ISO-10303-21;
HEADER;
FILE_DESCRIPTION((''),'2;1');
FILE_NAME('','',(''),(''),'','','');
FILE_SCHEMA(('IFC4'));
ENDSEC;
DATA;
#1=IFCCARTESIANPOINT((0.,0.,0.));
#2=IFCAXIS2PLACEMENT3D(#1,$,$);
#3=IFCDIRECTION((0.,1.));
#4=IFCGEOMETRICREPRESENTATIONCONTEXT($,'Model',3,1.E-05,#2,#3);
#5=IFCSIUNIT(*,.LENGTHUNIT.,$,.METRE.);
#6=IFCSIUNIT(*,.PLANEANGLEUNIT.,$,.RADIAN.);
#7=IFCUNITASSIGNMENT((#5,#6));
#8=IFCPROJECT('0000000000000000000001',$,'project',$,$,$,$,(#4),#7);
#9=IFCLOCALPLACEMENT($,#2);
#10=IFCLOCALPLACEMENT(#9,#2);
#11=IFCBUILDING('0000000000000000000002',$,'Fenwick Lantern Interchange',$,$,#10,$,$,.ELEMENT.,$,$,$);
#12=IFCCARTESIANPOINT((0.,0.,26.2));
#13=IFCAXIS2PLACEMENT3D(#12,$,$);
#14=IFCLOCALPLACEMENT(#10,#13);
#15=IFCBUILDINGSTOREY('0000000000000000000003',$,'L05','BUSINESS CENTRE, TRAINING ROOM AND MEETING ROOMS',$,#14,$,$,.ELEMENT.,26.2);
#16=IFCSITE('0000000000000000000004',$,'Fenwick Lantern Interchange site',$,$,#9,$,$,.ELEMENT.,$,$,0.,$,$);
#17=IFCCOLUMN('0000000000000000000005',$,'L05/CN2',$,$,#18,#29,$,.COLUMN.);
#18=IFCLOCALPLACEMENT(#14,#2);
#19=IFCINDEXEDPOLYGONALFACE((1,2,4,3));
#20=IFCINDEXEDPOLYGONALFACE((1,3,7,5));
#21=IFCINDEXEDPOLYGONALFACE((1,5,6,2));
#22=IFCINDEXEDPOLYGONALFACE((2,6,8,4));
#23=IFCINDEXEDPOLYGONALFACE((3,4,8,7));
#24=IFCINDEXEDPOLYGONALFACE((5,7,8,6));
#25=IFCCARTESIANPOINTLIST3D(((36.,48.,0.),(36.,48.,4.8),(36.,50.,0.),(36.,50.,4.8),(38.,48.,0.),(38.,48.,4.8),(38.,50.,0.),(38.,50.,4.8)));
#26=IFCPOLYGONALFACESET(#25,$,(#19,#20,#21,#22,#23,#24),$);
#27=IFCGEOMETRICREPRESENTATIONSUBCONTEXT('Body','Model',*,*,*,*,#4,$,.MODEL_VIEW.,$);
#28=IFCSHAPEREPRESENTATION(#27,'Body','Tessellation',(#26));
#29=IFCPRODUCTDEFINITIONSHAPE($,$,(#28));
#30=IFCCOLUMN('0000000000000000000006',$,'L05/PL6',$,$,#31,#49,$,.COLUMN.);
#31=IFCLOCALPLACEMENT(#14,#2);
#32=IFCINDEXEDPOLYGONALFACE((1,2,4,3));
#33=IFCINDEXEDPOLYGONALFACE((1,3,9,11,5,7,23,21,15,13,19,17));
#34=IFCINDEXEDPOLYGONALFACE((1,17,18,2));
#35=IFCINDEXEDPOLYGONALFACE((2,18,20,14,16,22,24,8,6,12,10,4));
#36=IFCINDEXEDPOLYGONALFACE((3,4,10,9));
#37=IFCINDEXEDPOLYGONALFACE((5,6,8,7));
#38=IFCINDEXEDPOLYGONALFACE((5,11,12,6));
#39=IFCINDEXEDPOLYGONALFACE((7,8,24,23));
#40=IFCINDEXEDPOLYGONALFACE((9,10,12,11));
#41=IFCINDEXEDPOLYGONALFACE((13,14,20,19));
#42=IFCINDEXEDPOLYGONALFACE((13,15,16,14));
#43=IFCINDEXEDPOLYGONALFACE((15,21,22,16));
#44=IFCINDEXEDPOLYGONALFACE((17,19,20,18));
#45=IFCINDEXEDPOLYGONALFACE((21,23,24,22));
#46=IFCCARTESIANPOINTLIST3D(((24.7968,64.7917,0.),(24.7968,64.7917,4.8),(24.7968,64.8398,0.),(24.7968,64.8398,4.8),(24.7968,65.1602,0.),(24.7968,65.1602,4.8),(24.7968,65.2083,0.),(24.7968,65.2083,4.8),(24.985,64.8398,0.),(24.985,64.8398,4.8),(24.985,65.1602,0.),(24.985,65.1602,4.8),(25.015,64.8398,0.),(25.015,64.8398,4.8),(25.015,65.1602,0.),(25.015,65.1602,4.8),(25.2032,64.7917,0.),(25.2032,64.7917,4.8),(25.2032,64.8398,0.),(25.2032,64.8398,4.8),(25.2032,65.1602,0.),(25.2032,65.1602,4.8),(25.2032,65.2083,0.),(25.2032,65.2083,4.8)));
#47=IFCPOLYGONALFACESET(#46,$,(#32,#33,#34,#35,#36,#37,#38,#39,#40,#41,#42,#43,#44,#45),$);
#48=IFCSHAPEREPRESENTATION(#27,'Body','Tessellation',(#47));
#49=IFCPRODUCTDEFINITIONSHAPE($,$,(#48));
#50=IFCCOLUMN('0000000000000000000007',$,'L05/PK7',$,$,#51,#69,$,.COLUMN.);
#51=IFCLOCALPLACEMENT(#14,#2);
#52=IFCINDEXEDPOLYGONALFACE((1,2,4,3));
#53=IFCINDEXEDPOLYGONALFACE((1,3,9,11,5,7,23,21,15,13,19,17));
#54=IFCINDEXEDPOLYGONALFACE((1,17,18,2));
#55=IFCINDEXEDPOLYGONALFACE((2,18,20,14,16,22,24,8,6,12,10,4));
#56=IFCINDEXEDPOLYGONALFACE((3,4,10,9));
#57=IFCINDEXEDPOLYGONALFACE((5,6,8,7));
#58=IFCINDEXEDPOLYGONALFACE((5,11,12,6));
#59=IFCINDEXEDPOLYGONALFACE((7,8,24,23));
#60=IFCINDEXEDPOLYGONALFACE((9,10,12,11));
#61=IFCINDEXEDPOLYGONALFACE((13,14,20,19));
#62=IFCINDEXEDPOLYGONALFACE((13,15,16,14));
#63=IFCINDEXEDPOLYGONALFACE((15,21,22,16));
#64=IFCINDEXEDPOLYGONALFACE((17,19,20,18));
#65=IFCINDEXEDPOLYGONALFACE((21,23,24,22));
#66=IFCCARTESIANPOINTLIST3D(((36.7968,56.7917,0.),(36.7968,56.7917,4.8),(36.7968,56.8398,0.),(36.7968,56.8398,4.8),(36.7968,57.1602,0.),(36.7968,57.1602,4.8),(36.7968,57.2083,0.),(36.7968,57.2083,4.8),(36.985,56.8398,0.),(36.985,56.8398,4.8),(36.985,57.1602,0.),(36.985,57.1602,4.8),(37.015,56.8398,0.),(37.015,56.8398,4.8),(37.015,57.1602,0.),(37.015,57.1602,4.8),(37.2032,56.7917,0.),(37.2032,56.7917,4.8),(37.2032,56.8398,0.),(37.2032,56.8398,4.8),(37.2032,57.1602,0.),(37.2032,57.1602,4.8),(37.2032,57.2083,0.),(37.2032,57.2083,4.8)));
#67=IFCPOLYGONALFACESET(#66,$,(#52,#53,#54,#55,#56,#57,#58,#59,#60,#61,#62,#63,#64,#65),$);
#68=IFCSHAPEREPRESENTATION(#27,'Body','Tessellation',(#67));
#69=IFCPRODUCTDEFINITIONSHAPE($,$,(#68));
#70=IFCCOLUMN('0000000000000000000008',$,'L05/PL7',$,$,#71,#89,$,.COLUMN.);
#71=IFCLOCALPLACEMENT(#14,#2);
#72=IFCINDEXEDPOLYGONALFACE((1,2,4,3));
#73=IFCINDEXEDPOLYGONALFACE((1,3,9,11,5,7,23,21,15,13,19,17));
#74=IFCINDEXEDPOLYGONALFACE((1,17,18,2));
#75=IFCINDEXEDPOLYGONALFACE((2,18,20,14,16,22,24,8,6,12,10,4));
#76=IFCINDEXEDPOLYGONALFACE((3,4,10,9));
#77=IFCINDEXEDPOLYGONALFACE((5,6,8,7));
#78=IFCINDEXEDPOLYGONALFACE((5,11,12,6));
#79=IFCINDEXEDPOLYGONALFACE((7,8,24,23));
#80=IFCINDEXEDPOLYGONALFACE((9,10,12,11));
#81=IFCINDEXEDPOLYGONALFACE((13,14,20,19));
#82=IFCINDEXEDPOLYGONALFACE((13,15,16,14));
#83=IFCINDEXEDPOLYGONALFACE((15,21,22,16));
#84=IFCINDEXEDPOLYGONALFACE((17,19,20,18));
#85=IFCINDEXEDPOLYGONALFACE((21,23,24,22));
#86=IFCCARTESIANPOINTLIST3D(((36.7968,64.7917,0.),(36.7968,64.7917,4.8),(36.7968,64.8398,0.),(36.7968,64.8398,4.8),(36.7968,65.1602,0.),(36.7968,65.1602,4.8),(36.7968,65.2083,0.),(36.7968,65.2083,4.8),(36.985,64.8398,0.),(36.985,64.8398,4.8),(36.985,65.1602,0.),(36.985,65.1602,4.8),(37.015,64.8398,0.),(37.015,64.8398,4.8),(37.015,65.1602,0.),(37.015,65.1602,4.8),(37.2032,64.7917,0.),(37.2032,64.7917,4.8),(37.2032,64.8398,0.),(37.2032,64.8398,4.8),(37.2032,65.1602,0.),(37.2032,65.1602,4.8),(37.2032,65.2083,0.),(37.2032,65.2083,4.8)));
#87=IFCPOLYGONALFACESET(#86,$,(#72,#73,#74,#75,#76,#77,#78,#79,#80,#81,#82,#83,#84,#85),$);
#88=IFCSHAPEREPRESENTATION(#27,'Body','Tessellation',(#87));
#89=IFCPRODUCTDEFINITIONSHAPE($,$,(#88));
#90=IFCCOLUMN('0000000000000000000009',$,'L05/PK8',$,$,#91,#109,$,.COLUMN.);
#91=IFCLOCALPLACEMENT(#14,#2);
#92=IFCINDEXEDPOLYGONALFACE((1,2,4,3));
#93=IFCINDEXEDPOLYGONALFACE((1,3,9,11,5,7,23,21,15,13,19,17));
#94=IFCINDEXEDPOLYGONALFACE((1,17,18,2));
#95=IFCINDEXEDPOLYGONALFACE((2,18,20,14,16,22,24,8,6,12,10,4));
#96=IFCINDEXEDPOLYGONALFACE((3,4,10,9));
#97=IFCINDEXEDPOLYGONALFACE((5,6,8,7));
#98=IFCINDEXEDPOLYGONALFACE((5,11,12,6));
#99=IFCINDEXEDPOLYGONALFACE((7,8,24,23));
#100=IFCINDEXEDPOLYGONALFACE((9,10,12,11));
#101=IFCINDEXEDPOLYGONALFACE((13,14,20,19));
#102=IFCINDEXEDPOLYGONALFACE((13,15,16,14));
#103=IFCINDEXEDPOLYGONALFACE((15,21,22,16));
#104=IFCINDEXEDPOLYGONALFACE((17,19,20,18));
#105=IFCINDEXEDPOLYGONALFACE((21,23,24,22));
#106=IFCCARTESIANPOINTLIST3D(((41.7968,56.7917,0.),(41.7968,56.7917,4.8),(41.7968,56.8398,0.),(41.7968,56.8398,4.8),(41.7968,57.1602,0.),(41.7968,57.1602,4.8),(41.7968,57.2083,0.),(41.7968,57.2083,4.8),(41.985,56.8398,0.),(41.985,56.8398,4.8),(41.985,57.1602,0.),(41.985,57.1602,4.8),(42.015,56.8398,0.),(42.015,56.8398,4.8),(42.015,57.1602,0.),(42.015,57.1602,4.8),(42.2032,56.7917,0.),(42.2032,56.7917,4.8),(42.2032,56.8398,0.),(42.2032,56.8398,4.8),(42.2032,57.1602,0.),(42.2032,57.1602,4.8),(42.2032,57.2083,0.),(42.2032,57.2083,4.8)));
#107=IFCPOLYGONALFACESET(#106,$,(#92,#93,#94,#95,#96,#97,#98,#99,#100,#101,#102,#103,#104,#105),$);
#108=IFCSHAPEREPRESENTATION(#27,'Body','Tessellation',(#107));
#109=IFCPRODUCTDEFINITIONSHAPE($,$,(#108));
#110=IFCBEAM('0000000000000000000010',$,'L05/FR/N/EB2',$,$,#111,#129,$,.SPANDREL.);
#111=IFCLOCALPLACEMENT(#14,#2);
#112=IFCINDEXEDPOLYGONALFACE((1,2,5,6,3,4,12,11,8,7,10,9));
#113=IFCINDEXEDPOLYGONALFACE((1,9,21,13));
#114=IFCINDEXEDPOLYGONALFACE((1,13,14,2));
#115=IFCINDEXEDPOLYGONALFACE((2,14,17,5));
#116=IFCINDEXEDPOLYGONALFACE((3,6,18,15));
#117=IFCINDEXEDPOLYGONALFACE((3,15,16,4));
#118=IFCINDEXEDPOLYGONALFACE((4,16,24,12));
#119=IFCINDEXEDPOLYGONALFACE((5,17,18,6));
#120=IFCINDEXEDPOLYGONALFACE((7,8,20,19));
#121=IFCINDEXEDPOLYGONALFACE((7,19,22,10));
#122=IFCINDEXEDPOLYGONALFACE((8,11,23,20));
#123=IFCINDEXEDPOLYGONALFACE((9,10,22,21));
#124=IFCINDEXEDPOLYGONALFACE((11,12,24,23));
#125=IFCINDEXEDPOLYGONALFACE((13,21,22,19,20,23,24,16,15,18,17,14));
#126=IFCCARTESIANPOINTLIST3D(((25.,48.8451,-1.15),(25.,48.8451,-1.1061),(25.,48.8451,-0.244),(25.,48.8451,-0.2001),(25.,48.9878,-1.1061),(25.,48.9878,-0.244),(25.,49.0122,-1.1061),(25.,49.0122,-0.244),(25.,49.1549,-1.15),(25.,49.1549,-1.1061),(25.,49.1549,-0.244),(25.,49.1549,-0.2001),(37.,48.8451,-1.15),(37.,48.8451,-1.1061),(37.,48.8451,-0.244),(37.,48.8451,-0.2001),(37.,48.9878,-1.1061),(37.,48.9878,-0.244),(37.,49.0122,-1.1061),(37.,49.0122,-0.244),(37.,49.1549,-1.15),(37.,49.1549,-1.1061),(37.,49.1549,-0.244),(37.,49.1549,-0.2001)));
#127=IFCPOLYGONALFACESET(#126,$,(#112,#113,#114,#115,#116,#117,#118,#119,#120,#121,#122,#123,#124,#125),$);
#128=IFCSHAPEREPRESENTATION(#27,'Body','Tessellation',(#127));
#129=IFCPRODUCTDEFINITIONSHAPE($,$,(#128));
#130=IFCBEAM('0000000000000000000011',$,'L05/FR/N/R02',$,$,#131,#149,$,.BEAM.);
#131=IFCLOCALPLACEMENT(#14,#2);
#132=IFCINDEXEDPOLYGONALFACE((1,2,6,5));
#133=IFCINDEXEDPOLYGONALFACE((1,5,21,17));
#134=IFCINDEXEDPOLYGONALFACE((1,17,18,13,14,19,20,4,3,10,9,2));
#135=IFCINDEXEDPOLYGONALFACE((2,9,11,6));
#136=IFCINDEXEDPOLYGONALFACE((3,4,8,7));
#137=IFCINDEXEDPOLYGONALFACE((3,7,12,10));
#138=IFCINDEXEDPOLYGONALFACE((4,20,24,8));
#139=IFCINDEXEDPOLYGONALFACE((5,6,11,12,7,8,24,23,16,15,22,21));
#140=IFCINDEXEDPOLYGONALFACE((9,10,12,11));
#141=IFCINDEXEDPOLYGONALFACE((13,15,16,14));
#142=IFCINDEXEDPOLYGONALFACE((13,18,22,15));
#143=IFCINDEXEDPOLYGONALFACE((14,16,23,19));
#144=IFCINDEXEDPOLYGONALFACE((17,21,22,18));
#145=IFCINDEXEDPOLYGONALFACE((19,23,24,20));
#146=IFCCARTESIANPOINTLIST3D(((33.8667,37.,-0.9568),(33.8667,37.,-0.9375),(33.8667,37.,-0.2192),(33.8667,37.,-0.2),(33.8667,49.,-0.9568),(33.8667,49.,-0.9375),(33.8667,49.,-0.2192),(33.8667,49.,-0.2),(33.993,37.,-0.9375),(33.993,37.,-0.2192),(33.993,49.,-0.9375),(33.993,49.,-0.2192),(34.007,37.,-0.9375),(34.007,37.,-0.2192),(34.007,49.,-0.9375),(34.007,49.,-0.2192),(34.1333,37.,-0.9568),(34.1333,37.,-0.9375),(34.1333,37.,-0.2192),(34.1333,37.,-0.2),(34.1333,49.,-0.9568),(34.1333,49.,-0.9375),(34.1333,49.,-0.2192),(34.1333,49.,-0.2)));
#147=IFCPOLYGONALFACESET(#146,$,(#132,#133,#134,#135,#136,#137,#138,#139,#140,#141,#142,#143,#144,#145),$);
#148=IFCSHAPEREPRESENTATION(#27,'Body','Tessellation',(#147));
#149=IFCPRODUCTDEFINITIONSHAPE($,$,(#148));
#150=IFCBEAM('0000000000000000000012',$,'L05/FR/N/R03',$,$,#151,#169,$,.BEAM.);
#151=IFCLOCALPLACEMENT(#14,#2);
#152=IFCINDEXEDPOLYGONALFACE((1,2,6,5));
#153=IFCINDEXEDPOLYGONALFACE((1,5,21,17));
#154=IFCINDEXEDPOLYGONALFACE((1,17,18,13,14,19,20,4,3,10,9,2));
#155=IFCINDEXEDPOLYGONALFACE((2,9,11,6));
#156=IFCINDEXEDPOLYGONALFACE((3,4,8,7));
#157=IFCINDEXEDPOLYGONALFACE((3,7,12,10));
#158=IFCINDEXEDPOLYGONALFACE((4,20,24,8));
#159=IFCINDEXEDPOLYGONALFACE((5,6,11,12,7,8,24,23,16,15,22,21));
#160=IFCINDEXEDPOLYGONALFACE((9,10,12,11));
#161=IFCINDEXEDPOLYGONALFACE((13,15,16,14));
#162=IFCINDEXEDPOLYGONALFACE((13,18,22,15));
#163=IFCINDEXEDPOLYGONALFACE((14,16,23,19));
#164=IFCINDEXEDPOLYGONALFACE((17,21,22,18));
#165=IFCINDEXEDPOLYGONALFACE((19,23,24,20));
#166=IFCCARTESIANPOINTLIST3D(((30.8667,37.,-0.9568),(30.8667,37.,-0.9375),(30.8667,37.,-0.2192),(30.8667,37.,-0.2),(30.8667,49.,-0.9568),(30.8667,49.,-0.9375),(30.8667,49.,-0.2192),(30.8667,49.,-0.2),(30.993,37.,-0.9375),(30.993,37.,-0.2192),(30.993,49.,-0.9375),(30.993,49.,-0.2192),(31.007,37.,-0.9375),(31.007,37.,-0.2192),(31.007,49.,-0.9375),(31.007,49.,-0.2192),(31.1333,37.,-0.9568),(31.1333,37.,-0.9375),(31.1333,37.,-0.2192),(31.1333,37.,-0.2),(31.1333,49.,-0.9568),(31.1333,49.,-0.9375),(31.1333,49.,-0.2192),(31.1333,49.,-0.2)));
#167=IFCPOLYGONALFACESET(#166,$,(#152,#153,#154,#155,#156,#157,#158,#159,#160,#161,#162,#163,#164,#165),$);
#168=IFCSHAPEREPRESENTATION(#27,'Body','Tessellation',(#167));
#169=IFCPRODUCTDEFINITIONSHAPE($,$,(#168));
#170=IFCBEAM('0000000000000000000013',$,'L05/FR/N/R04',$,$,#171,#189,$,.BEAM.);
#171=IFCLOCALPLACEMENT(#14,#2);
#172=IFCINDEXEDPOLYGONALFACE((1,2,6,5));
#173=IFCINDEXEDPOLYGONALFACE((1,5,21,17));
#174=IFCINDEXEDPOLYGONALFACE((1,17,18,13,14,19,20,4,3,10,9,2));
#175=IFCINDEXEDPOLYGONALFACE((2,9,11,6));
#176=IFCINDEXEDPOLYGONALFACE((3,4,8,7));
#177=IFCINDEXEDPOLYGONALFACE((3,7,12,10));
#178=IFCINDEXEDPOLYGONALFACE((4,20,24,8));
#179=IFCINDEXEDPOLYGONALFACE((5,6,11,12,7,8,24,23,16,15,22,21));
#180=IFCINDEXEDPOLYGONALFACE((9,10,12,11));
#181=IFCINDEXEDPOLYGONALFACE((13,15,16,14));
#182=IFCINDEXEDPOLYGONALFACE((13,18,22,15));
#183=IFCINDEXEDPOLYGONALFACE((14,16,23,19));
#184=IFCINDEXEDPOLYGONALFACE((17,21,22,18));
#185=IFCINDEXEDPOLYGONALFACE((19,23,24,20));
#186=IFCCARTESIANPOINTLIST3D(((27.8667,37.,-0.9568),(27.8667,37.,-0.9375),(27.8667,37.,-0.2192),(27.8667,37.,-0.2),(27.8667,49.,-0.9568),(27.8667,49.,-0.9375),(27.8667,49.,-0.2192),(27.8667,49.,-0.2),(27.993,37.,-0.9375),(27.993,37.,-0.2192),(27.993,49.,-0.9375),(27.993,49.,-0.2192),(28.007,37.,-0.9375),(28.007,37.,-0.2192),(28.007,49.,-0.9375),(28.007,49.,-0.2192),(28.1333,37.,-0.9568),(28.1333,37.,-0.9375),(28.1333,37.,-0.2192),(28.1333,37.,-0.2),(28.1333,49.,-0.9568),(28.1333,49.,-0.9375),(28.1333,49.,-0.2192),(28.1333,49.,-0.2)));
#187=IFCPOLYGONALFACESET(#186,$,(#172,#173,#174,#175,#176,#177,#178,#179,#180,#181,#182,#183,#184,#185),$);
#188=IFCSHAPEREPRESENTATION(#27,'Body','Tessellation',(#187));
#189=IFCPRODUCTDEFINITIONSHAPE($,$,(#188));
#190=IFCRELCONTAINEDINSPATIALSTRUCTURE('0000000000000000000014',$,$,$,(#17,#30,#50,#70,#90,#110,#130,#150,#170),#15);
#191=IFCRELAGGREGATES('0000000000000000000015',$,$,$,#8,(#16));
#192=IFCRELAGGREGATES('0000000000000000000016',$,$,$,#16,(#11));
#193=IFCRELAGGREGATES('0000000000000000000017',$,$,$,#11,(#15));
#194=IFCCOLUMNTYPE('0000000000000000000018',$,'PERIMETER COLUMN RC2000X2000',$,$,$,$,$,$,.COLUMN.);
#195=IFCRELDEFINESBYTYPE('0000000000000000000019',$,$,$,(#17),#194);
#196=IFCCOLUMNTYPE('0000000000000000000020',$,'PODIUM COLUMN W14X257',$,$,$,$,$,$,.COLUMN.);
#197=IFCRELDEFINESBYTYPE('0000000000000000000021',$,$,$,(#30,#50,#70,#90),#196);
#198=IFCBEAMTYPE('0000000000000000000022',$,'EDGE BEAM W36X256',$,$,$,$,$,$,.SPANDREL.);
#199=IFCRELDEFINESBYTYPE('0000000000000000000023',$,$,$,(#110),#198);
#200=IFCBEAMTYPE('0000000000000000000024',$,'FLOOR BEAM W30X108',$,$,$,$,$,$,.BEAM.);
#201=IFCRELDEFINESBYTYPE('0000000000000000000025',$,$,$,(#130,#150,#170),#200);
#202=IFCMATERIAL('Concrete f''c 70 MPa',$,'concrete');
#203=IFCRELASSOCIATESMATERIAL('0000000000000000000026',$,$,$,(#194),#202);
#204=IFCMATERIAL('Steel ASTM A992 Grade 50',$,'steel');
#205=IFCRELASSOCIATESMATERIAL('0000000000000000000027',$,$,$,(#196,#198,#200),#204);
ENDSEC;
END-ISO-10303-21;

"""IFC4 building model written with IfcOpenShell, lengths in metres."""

from ifc_helpers import new_model, si_unit, direction, frame, origin, origin_2d, place, context, subcontext, project, spatial, rectangle, i_section, extrude, material, material_profile, profile_set, type_object, element, save


model = new_model("IFC4")

# Units and contexts
model_context = context("Model", 3, precision=1e-05, world=origin(), true_north=direction((0.0, 1.0)))
body_context = subcontext(model_context, "Body", "Model", "MODEL_VIEW")
ifc_project = project(units=[si_unit("LENGTHUNIT", "METRE"), si_unit("PLANEANGLEUNIT", "RADIAN")], contexts=[model_context])

# Site, building, storey
site_placement = place(None, origin())
site = spatial("IfcSite", under=ifc_project, at=site_placement, Name="Fenwick Lantern Interchange site", CompositionType="ELEMENT", RefElevation=0.0)
building_placement = place(site_placement, origin())
building = spatial("IfcBuilding", under=site, at=building_placement, Name="Fenwick Lantern Interchange", CompositionType="ELEMENT")
storey_placement = place(building_placement, frame((0.0, 0.0, 26.2)))
storey = spatial("IfcBuildingStorey", under=building, at=storey_placement, Name="L05", Description="BUSINESS CENTRE, TRAINING ROOM AND MEETING ROOMS", CompositionType="ELEMENT", Elevation=26.2)

# Columns
ifc_material_1 = material(Name="Concrete f'c 70 MPa", Category="concrete")
ifc_material_profile_1 = material_profile(ifc_material_1, rectangle(XDim=2.0, YDim=2.0, at=origin_2d()), Name="RC2000X2000")
ifc_profile_set_1 = profile_set([ifc_material_profile_1], Name="Concrete f'c 70 MPa")
column_type_1 = type_object("IfcColumnType", Name="PERIMETER COLUMN RC2000X2000", PredefinedType="COLUMN", material=ifc_profile_set_1)
column_placement = place(storey_placement, frame((37.0, 49.0, 0.0), z_axis=(0.0, 0.0, 1.0), x_axis=(1.0, 0.0, 0.0)))
element("IfcColumn", 1, at=column_placement, inside=storey, type_object=column_type_1, Name="L05/CN2", PredefinedType="COLUMN", context=body_context, shape_type="SweptSolid", body=[
    extrude(rectangle(XDim=2.0, YDim=2.0, at=origin_2d()), origin(), (0.0, 0.0, 1.0), 4.8),
])
ifc_material_2 = material(Name="Steel ASTM A992 Grade 50", Category="steel")
ifc_material_profile_2 = material_profile(ifc_material_2, i_section(OverallWidth=0.4065, OverallDepth=0.4165, WebThickness=0.03, FlangeThickness=0.0481, at=origin_2d()), Name="W14X257")
ifc_profile_set_2 = profile_set([ifc_material_profile_2], Name="Steel ASTM A992 Grade 50")
column_type_2 = type_object("IfcColumnType", Name="PODIUM COLUMN W14X257", PredefinedType="COLUMN", material=ifc_profile_set_2)
for number, where, z_axis, x_axis, name in (
    (2, (25.0, 65.0, 0.0), (0.0, 0.0, 1.0), (1.0, 0.0, 0.0), "L05/PL6"),
    (3, (37.0, 57.0, 0.0), (0.0, 0.0, 1.0), (1.0, 0.0, 0.0), "L05/PK7"),
    (4, (37.0, 65.0, 0.0), (0.0, 0.0, 1.0), (1.0, 0.0, 0.0), "L05/PL7"),
    (5, (42.0, 57.0, 0.0), (0.0, 0.0, 1.0), (1.0, 0.0, 0.0), "L05/PK8"),
):
    element("IfcColumn", number, at=place(storey_placement, frame(where, z_axis=z_axis, x_axis=x_axis)), inside=storey, type_object=column_type_2, Name=name, PredefinedType="COLUMN", context=body_context, shape_type="SweptSolid", body=[
        extrude(i_section(OverallWidth=0.4065, OverallDepth=0.4165, WebThickness=0.03, FlangeThickness=0.0481, at=origin_2d()), origin(), (0.0, 0.0, 1.0), 4.8),
    ])

# Beams
ifc_material_profile_3 = material_profile(ifc_material_2, i_section(OverallWidth=0.3098, OverallDepth=0.95, WebThickness=0.0244, FlangeThickness=0.0439, at=origin_2d()), Name="W36X256")
ifc_profile_set_3 = profile_set([ifc_material_profile_3], Name="Steel ASTM A992 Grade 50")
beam_type_1 = type_object("IfcBeamType", Name="EDGE BEAM W36X256", PredefinedType="SPANDREL", material=ifc_profile_set_3)
beam_1_placement = place(storey_placement, frame((37.0, 49.0, -0.675), z_axis=(-1.0, 0.0, 0.0), x_axis=(0.0, -1.0, 0.0)))
element("IfcBeam", 6, at=beam_1_placement, inside=storey, type_object=beam_type_1, Name="L05/FR/N/EB2", PredefinedType="SPANDREL", context=body_context, shape_type="SweptSolid", body=[
    extrude(i_section(OverallWidth=0.3098, OverallDepth=0.95, WebThickness=0.0244, FlangeThickness=0.0439, at=origin_2d()), origin(), (0.0, 0.0, 1.0), 12.0),
])
ifc_material_profile_4 = material_profile(ifc_material_2, i_section(OverallWidth=0.2666, OverallDepth=0.7568, WebThickness=0.0139, FlangeThickness=0.0193, at=origin_2d()), Name="W30X108")
ifc_profile_set_4 = profile_set([ifc_material_profile_4], Name="Steel ASTM A992 Grade 50")
beam_type_2 = type_object("IfcBeamType", Name="FLOOR BEAM W30X108", PredefinedType="BEAM", material=ifc_profile_set_4)
for number, where, z_axis, x_axis, name in (
    (7, (34.0, 49.0, -0.5784), (0.0, -1.0, 0.0), (1.0, 0.0, 0.0), "L05/FR/N/R02"),
    (8, (31.0, 49.0, -0.5784), (0.0, -1.0, 0.0), (1.0, 0.0, 0.0), "L05/FR/N/R03"),
    (9, (28.0, 49.0, -0.5784), (0.0, -1.0, 0.0), (1.0, 0.0, 0.0), "L05/FR/N/R04"),
):
    element("IfcBeam", number, at=place(storey_placement, frame(where, z_axis=z_axis, x_axis=x_axis)), inside=storey, type_object=beam_type_2, Name=name, PredefinedType="BEAM", context=body_context, shape_type="SweptSolid", body=[
        extrude(i_section(OverallWidth=0.2666, OverallDepth=0.7568, WebThickness=0.0139, FlangeThickness=0.0193, at=origin_2d()), origin(), (0.0, 0.0, 1.0), 12.0),
    ])

save(model, "model.ifc")
